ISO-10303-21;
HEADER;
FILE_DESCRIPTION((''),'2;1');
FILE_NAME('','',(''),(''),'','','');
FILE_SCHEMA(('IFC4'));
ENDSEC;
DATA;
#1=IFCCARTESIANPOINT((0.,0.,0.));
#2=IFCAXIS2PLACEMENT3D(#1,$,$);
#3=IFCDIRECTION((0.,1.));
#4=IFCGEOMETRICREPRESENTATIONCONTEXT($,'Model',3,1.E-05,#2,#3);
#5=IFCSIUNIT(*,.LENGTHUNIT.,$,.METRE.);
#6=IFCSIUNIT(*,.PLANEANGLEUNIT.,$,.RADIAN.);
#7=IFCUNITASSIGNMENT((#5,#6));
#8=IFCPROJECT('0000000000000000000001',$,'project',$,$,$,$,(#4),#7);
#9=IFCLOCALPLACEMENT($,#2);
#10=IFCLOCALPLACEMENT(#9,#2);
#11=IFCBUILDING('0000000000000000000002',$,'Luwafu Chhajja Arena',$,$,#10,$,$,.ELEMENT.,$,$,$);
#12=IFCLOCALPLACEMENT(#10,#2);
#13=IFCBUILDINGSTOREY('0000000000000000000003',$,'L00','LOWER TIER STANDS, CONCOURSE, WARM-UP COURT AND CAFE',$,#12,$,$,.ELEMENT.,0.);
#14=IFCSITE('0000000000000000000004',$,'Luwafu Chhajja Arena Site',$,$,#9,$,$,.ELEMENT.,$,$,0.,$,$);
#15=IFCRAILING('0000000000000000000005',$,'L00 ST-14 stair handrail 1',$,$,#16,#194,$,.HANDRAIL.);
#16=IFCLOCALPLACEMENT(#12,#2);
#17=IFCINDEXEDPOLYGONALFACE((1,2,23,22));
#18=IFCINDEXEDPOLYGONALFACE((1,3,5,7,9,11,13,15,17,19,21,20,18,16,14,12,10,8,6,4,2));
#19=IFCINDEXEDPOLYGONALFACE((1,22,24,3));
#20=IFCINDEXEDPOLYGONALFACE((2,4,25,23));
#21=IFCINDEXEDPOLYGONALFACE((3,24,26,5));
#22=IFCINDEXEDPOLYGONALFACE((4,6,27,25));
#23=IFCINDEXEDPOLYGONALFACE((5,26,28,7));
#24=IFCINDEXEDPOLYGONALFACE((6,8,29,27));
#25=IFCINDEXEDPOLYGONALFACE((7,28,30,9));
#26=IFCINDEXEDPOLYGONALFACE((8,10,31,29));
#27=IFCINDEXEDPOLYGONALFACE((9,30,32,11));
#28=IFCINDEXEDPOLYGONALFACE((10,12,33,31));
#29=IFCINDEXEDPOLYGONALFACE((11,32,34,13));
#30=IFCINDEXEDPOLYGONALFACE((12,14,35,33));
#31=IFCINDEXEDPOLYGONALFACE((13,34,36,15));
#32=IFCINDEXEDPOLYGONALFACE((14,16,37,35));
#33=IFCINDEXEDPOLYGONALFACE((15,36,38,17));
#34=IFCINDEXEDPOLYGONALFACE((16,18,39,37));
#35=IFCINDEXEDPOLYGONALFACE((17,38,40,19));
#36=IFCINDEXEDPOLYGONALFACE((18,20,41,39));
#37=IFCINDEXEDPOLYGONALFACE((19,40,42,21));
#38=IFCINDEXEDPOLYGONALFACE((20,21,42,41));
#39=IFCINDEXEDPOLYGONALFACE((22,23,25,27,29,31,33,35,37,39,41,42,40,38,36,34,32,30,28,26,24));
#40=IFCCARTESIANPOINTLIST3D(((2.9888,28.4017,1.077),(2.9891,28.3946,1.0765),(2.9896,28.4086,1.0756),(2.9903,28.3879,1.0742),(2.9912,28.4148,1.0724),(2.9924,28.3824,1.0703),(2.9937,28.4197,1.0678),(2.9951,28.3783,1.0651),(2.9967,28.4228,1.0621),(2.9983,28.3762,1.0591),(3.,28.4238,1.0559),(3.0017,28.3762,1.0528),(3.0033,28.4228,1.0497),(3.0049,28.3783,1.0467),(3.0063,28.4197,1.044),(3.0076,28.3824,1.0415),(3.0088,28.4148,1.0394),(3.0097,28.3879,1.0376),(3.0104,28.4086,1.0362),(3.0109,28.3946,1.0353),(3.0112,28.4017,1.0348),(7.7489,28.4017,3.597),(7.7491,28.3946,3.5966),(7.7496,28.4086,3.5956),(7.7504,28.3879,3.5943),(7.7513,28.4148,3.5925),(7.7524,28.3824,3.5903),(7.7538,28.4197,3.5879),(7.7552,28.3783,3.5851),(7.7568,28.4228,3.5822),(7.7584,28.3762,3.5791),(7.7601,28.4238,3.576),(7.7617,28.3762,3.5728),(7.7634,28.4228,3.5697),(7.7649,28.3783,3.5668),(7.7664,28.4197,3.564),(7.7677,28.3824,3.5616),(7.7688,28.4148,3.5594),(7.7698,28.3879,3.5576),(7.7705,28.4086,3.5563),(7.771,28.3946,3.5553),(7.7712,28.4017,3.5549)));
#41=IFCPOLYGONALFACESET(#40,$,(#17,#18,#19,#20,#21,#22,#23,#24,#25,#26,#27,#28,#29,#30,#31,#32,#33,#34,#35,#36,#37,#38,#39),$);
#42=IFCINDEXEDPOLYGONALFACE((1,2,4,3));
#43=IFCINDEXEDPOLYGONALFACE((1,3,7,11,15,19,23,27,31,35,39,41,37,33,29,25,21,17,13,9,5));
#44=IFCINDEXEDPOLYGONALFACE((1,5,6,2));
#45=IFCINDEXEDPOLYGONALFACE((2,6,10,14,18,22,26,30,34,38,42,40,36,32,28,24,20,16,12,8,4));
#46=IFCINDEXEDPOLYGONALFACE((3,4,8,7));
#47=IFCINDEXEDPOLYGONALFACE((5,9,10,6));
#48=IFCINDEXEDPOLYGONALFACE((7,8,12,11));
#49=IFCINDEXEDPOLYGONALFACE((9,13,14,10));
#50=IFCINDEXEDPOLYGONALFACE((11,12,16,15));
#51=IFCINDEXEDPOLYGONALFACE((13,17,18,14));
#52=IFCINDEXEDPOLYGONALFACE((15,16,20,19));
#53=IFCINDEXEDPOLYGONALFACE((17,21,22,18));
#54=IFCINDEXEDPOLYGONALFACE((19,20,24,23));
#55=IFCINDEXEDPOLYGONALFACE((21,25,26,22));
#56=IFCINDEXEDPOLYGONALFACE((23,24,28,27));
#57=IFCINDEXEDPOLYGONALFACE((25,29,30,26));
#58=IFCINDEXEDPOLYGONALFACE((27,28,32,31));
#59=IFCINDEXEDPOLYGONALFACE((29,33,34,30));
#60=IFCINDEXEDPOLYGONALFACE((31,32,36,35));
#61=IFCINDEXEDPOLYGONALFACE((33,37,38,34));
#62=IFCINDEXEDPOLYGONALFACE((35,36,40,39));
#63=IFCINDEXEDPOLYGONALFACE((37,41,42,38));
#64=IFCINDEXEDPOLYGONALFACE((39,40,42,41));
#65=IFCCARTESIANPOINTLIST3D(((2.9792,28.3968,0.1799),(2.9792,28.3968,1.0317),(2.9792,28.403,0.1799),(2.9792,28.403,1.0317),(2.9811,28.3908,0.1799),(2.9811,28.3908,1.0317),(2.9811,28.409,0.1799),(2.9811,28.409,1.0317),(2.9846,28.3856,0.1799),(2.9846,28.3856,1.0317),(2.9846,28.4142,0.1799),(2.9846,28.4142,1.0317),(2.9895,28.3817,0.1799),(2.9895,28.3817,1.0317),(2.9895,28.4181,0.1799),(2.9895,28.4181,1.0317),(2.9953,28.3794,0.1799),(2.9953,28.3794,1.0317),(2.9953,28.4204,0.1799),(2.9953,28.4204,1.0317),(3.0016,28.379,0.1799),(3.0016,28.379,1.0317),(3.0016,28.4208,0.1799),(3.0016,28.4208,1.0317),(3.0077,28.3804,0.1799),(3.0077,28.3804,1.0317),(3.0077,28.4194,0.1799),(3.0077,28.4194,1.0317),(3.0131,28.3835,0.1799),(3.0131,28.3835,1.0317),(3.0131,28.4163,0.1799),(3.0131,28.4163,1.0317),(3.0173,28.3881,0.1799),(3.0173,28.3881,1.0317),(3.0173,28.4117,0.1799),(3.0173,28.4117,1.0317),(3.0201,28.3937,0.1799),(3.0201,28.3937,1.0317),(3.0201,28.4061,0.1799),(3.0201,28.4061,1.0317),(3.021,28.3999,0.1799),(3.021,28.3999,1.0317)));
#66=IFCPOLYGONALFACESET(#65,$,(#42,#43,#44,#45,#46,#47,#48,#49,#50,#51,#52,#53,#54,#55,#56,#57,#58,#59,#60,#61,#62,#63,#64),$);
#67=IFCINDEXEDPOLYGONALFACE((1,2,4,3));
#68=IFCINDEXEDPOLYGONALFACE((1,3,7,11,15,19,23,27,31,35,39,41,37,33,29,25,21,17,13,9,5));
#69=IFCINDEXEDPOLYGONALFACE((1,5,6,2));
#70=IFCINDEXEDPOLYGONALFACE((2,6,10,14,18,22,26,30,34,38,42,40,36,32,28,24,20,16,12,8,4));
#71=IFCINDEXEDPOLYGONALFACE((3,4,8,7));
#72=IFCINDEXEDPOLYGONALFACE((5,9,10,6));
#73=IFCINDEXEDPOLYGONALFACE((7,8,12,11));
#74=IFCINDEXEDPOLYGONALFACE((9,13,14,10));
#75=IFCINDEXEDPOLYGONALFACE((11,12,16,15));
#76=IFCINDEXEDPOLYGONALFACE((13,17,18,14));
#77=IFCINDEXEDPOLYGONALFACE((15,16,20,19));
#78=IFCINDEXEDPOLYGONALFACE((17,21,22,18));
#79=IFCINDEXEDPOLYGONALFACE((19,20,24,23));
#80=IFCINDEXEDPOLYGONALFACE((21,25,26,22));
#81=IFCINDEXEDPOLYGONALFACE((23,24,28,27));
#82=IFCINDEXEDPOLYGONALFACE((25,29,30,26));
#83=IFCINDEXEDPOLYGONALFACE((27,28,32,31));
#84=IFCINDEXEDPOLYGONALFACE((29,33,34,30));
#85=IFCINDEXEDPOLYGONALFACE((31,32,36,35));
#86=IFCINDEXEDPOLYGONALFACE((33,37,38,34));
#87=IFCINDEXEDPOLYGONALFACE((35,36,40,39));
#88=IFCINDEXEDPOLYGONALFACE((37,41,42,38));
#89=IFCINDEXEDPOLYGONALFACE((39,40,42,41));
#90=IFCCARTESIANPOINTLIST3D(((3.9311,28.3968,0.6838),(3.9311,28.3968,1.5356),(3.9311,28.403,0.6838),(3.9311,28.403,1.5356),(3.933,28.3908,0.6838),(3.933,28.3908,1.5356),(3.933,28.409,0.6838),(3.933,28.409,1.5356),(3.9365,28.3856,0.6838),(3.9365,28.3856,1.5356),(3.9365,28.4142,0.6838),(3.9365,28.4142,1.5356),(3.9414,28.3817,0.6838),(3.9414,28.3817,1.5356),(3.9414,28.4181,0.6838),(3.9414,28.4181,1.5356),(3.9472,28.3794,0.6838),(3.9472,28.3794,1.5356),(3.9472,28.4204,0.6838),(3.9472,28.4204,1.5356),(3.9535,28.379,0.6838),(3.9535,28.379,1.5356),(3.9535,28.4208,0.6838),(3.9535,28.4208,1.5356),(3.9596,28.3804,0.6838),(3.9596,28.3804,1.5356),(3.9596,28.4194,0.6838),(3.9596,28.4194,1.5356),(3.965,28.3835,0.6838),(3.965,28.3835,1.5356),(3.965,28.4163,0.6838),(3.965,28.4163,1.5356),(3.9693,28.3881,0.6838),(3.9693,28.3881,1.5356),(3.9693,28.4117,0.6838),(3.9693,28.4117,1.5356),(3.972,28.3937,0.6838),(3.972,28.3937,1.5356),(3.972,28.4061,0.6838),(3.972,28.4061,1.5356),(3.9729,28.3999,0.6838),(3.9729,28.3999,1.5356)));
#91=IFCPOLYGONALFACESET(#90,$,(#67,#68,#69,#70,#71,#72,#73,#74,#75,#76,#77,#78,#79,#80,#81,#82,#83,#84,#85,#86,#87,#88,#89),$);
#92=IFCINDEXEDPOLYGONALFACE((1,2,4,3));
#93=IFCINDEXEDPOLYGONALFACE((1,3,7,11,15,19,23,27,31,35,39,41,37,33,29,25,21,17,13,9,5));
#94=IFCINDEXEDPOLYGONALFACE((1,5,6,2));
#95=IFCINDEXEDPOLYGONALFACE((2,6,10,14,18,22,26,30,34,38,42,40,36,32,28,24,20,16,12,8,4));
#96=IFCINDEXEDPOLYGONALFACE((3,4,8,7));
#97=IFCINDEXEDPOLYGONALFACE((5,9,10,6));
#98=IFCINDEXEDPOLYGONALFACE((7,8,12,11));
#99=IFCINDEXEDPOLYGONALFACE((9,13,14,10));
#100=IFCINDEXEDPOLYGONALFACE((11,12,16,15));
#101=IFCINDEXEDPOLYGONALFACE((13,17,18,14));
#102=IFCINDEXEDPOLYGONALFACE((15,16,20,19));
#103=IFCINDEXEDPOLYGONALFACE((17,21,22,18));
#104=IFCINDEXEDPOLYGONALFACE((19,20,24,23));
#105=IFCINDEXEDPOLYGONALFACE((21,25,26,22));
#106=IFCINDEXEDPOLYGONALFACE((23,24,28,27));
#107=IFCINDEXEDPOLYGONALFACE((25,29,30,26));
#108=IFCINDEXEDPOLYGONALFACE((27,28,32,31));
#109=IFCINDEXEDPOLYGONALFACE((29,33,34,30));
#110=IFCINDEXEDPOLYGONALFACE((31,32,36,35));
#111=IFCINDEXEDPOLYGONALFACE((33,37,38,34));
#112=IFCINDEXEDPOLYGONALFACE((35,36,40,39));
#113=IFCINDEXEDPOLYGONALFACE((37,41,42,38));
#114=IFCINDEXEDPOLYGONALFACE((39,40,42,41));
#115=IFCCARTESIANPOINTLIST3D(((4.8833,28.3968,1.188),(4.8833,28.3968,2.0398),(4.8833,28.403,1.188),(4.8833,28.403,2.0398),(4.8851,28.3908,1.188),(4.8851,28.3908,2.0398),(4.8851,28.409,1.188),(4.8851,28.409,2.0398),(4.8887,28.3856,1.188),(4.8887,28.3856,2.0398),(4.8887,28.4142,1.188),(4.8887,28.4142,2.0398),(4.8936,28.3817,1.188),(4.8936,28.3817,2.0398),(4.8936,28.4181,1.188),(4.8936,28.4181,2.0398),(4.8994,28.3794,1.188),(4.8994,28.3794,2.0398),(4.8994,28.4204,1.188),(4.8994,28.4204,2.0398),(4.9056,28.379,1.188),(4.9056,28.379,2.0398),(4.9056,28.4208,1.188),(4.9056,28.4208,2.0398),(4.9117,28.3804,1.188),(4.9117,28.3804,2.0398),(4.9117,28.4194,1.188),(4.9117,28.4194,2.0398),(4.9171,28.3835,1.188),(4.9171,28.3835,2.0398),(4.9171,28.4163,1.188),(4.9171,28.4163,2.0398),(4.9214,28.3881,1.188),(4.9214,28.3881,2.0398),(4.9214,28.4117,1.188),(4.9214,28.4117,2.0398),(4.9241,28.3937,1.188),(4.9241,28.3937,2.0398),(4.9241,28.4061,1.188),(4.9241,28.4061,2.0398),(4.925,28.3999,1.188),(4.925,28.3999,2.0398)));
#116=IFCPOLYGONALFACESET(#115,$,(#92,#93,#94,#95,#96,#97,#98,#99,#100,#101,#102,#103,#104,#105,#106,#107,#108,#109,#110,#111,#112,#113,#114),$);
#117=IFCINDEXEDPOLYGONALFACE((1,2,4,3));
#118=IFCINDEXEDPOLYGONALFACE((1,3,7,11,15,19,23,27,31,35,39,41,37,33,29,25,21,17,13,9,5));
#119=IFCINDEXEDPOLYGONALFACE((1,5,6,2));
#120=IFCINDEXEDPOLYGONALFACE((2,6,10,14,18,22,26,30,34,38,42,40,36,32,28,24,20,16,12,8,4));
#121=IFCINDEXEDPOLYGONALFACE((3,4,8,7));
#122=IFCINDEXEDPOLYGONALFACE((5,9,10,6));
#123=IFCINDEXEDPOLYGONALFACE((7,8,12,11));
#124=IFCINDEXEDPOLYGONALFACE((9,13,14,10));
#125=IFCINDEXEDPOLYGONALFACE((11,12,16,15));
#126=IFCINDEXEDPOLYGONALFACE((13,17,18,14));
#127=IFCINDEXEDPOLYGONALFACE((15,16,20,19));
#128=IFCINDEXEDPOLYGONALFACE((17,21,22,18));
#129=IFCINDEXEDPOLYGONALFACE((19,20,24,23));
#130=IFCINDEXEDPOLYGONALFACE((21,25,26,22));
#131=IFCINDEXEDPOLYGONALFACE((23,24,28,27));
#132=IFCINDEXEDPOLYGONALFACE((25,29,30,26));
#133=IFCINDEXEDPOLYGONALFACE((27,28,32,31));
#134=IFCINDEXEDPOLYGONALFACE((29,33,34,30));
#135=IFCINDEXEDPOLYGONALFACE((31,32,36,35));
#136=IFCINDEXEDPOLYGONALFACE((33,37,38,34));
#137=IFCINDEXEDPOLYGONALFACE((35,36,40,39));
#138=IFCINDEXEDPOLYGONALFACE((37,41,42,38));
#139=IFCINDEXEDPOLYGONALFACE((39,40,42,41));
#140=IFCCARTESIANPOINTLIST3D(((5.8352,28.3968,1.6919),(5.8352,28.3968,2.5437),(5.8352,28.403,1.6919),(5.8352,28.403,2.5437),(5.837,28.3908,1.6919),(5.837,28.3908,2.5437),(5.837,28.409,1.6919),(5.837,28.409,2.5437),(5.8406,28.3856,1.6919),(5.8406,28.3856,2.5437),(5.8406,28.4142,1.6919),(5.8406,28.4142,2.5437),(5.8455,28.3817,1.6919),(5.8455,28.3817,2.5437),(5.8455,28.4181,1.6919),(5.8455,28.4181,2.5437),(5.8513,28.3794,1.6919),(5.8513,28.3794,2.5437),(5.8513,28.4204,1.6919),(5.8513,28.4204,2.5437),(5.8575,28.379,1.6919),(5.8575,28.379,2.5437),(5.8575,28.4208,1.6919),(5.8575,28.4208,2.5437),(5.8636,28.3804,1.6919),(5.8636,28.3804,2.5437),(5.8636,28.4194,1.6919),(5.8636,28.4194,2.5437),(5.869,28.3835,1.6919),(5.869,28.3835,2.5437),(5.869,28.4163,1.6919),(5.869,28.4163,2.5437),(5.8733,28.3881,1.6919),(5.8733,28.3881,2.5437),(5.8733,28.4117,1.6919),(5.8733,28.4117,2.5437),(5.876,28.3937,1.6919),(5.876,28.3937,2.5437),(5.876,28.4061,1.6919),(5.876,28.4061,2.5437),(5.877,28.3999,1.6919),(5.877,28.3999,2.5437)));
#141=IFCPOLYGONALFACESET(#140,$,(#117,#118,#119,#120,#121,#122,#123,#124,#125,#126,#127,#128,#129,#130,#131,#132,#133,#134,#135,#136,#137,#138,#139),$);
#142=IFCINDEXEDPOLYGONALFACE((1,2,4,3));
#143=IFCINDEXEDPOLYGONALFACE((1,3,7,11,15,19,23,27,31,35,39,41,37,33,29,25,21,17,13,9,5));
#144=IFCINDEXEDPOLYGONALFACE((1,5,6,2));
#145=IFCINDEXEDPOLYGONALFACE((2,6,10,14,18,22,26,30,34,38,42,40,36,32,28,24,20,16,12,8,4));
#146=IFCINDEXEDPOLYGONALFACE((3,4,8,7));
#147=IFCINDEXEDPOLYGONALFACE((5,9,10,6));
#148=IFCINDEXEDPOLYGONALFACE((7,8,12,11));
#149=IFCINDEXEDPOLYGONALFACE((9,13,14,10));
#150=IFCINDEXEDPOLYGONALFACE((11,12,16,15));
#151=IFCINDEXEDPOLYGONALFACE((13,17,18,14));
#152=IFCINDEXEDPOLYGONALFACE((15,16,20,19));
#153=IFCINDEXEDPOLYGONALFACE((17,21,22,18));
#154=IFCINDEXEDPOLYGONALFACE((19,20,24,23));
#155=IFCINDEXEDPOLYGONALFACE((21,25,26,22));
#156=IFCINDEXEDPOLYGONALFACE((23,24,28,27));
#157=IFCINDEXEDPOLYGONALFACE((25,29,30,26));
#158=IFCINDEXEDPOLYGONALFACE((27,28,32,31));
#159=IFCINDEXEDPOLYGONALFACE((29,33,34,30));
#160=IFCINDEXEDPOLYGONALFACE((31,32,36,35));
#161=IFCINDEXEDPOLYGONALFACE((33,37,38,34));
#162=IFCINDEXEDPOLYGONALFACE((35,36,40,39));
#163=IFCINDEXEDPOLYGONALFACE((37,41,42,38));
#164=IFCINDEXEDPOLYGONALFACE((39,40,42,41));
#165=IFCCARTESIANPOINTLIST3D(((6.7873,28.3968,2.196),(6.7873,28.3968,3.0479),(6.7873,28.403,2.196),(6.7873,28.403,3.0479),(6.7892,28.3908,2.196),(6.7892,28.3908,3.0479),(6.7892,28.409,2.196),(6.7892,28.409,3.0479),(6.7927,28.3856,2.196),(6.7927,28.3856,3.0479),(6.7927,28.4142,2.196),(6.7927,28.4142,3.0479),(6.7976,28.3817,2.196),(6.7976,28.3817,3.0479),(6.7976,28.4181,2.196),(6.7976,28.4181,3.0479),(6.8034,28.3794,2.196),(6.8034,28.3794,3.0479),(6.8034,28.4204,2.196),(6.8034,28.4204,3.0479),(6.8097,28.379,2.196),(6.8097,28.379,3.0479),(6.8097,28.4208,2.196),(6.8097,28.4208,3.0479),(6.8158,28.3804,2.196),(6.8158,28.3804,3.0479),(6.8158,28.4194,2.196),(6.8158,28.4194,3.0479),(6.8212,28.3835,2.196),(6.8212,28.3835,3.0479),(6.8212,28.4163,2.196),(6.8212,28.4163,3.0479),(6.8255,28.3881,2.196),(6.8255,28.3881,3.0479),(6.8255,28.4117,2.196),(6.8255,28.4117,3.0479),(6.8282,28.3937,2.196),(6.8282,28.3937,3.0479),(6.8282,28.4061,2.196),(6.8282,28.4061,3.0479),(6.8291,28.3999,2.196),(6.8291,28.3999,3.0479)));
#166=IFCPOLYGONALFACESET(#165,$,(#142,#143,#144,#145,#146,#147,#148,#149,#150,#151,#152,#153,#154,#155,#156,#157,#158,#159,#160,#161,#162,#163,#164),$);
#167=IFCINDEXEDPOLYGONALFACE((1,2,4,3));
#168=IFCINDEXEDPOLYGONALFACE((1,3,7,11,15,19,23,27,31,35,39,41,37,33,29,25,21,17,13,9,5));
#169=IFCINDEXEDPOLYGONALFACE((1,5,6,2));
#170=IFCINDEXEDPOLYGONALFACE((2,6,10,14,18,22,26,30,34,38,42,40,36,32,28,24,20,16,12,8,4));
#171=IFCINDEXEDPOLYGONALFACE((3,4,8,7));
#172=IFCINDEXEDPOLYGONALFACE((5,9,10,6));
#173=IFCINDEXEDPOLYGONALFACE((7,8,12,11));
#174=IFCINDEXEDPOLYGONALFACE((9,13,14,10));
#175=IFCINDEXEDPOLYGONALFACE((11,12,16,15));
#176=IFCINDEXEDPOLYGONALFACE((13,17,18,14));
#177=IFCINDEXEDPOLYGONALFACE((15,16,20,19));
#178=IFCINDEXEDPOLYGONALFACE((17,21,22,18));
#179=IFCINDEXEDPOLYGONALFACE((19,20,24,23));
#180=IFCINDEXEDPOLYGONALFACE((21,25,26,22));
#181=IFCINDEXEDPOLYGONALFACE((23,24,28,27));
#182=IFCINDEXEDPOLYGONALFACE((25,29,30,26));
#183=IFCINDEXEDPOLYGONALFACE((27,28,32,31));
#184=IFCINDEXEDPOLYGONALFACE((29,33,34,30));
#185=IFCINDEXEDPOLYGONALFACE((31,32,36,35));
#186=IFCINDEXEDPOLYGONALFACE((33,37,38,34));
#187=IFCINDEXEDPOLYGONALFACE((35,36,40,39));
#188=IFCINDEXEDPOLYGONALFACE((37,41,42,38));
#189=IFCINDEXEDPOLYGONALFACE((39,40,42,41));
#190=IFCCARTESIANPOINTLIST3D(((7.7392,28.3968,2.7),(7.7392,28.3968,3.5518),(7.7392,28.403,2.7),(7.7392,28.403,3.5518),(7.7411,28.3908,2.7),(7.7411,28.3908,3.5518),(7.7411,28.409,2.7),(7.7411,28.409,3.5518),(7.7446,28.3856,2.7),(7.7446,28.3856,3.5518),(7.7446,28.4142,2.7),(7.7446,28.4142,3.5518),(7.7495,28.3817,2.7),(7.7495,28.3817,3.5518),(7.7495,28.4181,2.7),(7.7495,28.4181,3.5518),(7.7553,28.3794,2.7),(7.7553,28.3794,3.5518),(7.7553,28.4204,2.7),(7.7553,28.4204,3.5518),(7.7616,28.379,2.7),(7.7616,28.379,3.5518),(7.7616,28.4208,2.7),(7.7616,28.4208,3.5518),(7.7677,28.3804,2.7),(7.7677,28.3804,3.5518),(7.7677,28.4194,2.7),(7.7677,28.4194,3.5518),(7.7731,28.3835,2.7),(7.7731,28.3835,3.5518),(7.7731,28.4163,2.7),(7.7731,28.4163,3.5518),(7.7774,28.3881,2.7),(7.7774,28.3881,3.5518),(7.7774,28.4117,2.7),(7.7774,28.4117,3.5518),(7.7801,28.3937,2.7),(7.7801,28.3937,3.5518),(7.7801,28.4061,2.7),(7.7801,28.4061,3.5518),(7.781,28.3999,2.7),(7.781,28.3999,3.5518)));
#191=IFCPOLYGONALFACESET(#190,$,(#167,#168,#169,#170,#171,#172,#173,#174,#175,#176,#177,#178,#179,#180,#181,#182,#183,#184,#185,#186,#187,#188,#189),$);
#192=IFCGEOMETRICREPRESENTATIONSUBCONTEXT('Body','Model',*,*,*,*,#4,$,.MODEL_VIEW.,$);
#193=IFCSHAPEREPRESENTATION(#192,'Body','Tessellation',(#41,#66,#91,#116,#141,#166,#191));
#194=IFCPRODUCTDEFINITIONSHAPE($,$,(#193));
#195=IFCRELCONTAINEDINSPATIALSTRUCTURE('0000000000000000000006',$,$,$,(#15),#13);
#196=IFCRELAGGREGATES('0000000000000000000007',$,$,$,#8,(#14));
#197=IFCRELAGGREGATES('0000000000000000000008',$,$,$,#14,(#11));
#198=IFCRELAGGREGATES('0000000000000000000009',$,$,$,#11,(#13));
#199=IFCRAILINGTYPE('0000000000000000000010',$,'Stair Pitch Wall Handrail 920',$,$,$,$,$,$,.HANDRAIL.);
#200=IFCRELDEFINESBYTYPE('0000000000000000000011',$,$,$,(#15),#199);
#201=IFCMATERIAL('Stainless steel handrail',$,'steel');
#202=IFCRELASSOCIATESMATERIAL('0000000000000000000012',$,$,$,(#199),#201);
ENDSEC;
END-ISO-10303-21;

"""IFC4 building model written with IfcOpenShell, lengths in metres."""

from ifc_helpers import new_model, si_unit, direction, frame, origin, origin_2d, place, context, subcontext, project, spatial, circle, extrude, material, type_object, element, save


model = new_model("IFC4")

# Units and contexts
model_context = context("Model", 3, precision=1e-05, world=origin(), true_north=direction((0.0, 1.0)))
body_context = subcontext(model_context, "Body", "Model", "MODEL_VIEW")
ifc_project = project(units=[si_unit("LENGTHUNIT", "METRE"), si_unit("PLANEANGLEUNIT", "RADIAN")], contexts=[model_context])

# Site, building, storey
site_placement = place(None, origin())
site = spatial("IfcSite", under=ifc_project, at=site_placement, Name="Luwafu Chhajja Arena Site", CompositionType="ELEMENT", RefElevation=0.0)
building_placement = place(site_placement, origin())
building = spatial("IfcBuilding", under=site, at=building_placement, Name="Luwafu Chhajja Arena", CompositionType="ELEMENT")
storey_placement = place(building_placement, origin())
storey = spatial("IfcBuildingStorey", under=building, at=storey_placement, Name="L00", Description="LOWER TIER STANDS, CONCOURSE, WARM-UP COURT AND CAFE", CompositionType="ELEMENT", Elevation=0.0)

# Railing
ifc_material_1 = material(Name="Stainless steel handrail", Category="steel")
railing_type_1 = type_object("IfcRailingType", Name="Stair Pitch Wall Handrail 920", PredefinedType="HANDRAIL", material=ifc_material_1)
for number, where, name in (
    (1, (3.0, 28.3999, 0.1799), "L00 ST-14 stair handrail 1"),
):
    element("IfcRailing", number, at=place(storey_placement, frame(where)), inside=storey, type_object=railing_type_1, Name=name, PredefinedType="HANDRAIL", context=body_context, shape_type="SweptSolid", body=[
        extrude(circle(Radius=0.0239, at=origin_2d()), frame((0.0, 0.0, 0.876), z_axis=(0.883787, 0.0, 0.46789), x_axis=(0.0, 1.0, 0.0)), (0.0, 0.0, 1.0), 5.386),
        extrude(circle(Radius=0.021, at=origin_2d()), origin(), (0.0, 0.0, 1.0), 0.8518),
        extrude(circle(Radius=0.021, at=origin_2d()), frame((0.9519, 0.0, 0.5039)), (0.0, 0.0, 1.0), 0.8518),
        extrude(circle(Radius=0.021, at=origin_2d()), frame((1.9041, 0.0, 1.0081)), (0.0, 0.0, 1.0), 0.8518),
        extrude(circle(Radius=0.021, at=origin_2d()), frame((2.856, 0.0, 1.512)), (0.0, 0.0, 1.0), 0.8518),
        extrude(circle(Radius=0.021, at=origin_2d()), frame((3.8081, 0.0, 2.0161)), (0.0, 0.0, 1.0), 0.8518),
        extrude(circle(Radius=0.021, at=origin_2d()), frame((4.76, 0.0, 2.52)), (0.0, 0.0, 1.0), 0.8518),
    ])

save(model, "model.ifc")
